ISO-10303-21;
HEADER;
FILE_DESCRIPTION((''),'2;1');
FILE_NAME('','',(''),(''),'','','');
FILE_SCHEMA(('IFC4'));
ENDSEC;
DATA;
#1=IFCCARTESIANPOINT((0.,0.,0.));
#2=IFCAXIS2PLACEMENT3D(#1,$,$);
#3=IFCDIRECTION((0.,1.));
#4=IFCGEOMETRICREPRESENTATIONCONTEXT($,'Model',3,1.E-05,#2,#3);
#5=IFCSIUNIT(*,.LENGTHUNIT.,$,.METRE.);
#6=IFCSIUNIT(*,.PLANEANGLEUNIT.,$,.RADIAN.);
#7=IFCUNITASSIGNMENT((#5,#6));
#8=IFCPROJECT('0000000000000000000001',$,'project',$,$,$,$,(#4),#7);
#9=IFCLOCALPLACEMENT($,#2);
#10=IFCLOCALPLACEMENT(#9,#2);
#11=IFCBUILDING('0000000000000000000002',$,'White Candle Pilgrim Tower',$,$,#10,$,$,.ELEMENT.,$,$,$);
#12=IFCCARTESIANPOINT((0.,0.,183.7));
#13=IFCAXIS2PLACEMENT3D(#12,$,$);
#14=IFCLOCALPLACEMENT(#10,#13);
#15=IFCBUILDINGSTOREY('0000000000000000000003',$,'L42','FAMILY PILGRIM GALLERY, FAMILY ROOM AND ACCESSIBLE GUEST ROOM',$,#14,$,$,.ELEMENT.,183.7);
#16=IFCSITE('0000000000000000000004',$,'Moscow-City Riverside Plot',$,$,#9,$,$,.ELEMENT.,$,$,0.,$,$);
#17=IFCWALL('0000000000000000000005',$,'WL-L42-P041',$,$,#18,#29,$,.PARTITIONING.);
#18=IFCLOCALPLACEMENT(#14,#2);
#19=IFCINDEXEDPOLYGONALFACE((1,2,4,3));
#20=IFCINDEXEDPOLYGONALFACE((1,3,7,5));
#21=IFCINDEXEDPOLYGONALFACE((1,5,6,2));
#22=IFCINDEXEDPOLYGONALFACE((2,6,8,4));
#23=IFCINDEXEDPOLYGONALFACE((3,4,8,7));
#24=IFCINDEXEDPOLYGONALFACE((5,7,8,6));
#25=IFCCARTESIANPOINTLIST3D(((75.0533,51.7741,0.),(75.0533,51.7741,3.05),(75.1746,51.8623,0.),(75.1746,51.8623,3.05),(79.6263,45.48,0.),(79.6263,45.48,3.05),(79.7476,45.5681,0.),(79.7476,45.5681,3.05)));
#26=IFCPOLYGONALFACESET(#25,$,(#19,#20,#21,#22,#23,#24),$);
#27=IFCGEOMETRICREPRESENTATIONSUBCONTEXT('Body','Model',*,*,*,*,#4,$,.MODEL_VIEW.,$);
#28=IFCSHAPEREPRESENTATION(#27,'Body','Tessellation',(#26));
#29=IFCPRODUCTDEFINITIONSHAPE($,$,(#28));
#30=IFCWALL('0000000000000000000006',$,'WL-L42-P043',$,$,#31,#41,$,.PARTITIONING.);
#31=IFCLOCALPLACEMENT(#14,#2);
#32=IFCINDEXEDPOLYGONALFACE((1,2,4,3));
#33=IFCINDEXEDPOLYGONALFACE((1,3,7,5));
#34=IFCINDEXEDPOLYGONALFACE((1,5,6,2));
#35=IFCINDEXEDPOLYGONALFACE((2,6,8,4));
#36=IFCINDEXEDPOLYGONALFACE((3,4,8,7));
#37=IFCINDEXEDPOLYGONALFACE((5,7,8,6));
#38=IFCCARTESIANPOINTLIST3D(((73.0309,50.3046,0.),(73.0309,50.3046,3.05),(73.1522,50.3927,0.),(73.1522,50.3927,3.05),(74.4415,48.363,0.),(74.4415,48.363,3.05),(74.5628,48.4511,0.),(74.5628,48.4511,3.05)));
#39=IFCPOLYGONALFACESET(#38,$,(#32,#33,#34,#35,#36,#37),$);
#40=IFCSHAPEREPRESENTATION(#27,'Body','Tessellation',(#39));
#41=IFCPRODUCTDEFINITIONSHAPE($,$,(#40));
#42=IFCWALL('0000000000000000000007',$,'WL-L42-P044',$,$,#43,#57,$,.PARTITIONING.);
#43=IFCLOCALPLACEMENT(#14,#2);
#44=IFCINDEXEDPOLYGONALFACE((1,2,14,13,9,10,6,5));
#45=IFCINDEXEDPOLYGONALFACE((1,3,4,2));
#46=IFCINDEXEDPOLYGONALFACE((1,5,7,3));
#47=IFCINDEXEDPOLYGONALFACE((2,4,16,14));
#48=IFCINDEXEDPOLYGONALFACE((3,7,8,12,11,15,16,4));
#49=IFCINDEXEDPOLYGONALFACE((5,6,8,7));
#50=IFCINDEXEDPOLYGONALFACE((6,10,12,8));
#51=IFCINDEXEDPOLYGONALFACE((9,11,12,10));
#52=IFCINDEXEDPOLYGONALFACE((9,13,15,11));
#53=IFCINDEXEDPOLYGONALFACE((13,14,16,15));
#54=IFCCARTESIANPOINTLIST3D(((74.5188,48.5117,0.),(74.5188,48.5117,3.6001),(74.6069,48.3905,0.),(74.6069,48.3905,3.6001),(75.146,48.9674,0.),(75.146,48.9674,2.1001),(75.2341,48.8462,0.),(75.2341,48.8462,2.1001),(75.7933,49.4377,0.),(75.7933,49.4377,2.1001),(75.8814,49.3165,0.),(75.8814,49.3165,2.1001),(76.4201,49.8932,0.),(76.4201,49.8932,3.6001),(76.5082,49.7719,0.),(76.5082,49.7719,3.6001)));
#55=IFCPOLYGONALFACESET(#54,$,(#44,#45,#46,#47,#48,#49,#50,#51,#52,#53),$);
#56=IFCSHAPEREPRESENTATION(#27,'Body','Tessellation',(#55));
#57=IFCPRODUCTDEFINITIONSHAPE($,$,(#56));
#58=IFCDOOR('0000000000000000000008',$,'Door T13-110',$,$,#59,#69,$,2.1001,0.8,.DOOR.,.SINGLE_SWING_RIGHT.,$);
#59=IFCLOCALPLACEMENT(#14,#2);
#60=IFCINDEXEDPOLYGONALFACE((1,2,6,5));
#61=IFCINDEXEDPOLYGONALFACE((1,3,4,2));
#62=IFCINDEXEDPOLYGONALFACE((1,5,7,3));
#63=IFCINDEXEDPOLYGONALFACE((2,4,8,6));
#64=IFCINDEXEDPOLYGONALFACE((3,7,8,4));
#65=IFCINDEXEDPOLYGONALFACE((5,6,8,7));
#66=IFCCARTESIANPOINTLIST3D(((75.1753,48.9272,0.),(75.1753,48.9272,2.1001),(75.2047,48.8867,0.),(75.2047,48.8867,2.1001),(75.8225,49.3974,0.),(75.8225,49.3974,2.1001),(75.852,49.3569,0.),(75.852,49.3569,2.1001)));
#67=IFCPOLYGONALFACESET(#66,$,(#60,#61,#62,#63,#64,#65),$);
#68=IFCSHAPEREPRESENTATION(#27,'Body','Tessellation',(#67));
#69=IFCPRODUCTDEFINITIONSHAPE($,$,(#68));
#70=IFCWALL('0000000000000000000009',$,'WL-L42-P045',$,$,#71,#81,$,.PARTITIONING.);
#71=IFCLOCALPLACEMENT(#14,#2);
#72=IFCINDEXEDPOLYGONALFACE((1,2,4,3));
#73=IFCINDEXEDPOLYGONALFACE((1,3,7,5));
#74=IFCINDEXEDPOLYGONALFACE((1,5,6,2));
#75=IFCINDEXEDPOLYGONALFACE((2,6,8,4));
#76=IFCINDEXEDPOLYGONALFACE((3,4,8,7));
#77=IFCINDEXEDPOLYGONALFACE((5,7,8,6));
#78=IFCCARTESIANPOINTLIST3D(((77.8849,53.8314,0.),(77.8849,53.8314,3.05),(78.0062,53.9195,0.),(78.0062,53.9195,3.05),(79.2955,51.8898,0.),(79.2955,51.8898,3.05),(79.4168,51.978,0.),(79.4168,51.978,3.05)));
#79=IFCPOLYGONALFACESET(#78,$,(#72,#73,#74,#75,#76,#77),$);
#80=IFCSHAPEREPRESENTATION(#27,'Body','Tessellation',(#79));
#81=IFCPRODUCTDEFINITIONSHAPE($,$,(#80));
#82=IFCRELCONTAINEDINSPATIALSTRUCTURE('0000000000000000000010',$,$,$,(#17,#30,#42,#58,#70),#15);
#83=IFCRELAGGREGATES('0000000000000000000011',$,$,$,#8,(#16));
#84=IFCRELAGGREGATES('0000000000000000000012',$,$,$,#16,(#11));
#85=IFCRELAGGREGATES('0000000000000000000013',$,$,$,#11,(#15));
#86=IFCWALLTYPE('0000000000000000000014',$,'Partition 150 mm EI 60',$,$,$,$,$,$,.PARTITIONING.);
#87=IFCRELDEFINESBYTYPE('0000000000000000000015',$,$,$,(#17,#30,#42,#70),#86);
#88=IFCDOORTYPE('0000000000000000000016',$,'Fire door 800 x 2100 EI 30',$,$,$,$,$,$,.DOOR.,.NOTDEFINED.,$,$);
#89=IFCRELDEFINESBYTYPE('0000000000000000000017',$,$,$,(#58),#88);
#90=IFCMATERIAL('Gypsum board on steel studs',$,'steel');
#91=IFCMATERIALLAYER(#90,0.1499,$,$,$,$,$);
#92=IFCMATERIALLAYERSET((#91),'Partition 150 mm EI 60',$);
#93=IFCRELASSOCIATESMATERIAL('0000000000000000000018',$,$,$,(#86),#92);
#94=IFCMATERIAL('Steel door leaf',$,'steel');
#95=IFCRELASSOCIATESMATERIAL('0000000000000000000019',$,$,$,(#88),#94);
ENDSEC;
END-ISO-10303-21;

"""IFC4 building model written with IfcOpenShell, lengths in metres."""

from ifc_helpers import new_model, si_unit, direction, frame, frame_2d, origin, place, context, subcontext, project, spatial, rectangle, extrude, material, layer, layer_set, type_object, element, fill, save


model = new_model("IFC4")

# Units and contexts
model_context = context("Model", 3, precision=1e-05, world=origin(), true_north=direction((0.0, 1.0)))
body_context = subcontext(model_context, "Body", "Model", "MODEL_VIEW")
ifc_project = project(units=[si_unit("LENGTHUNIT", "METRE"), si_unit("PLANEANGLEUNIT", "RADIAN")], contexts=[model_context])

# Site, building, storey
site_placement = place(None, origin())
site = spatial("IfcSite", under=ifc_project, at=site_placement, Name="Moscow-City Riverside Plot", CompositionType="ELEMENT", RefElevation=0.0)
building_placement = place(site_placement, origin())
building = spatial("IfcBuilding", under=site, at=building_placement, Name="White Candle Pilgrim Tower", CompositionType="ELEMENT")
storey_placement = place(building_placement, frame((0.0, 0.0, 183.7)))
storey = spatial("IfcBuildingStorey", under=building, at=storey_placement, Name="L42", Description="FAMILY PILGRIM GALLERY, FAMILY ROOM AND ACCESSIBLE GUEST ROOM", CompositionType="ELEMENT", Elevation=183.7)

# Shared definitions
ifc_material_1 = material(Name="Gypsum board on steel studs", Category="steel")
ifc_material_2 = material(Name="Steel door leaf", Category="steel")

# Walls
ifc_layer_1 = layer(ifc_material_1, 0.1499)
ifc_layer_set_1 = layer_set([ifc_layer_1], Name="Partition 150 mm EI 60")
wall_type_1 = type_object("IfcWallType", Name="Partition 150 mm EI 60", PredefinedType="PARTITIONING", material=ifc_layer_set_1)
wall_1_placement = place(storey_placement, frame((79.687, 45.5239, 0.0), z_axis=(0.0, 0.0, 1.0), x_axis=(-0.587785, 0.809017, 0.0)))
element("IfcWall", 1, at=wall_1_placement, inside=storey, type_object=wall_type_1, Name="WL-L42-P041", PredefinedType="PARTITIONING", context=body_context, shape_type="SweptSolid", body=[
    extrude(rectangle(XDim=7.78, YDim=0.1499, at=frame_2d((3.8901, 0.0))), origin(), (0.0, 0.0, 1.0), 3.05),
])
wall_2_placement = place(storey_placement, frame((73.0916, 50.3486, 0.0), z_axis=(0.0, 0.0, 1.0), x_axis=(0.587772, -0.809026, 0.0)))
element("IfcWall", 2, at=wall_2_placement, inside=storey, type_object=wall_type_1, Name="WL-L42-P043", PredefinedType="PARTITIONING", context=body_context, shape_type="SweptSolid", body=[
    extrude(rectangle(XDim=2.3999, YDim=0.1499, at=frame_2d((1.2, 0.0))), origin(), (0.0, 0.0, 1.0), 3.05),
])

# Wall, opening, door
wall_3_placement = place(storey_placement, frame((76.4641, 49.8325, 0.0), z_axis=(0.0, 0.0, 1.0), x_axis=(-0.808997, -0.587813, 0.0)))
wall_3 = element("IfcWall", 3, at=wall_3_placement, inside=storey, type_object=wall_type_1, Name="WL-L42-P044", PredefinedType="PARTITIONING", context=body_context, shape_type="SweptSolid", body=[
    extrude(rectangle(XDim=2.3501, YDim=0.1499, at=frame_2d((1.175, 0.0))), origin(), (0.0, 0.0, 1.0), 3.6001),
])
opening_1_placement = place(wall_3_placement, frame((0.7749, 0.0, 0.0)))
opening_1 = element("IfcOpeningElement", 4, at=opening_1_placement, cuts=wall_3, PredefinedType="OPENING", context=body_context, shape_type="SweptSolid", body=[
    extrude(rectangle(XDim=0.8, YDim=2.1001, at=frame_2d((0.3999, 1.05))), frame((0.0, 0.085, 0.0), z_axis=(0.0, -1.0, 0.0), x_axis=(1.0, 0.0, 0.0)), (0.0, 0.0, 1.0), 0.1699),
])
door_type_1 = type_object("IfcDoorType", Name="Fire door 800 x 2100 EI 30", OperationType="NOTDEFINED", PredefinedType="DOOR", material=ifc_material_2)
door_1_placement = place(opening_1_placement, origin())
door_1 = element("IfcDoor", 5, at=door_1_placement, inside=storey, type_object=door_type_1, Name="Door T13-110", OperationType="SINGLE_SWING_RIGHT", OverallHeight=2.1001, OverallWidth=0.8, PredefinedType="DOOR", context=body_context, shape_type="SweptSolid", body=[
    extrude(rectangle(XDim=0.8, YDim=2.1001, at=frame_2d((0.3999, 1.05))), frame((0.0, 0.0249, 0.0), z_axis=(0.0, -1.0, 0.0), x_axis=(1.0, 0.0, 0.0)), (0.0, 0.0, 1.0), 0.05),
])
fill(opening_1, door_1)

# Wall
wall_4_placement = place(storey_placement, frame((77.9456, 53.8755, 0.0), z_axis=(0.0, 0.0, 1.0), x_axis=(0.587772, -0.809026, 0.0)))
element("IfcWall", 6, at=wall_4_placement, inside=storey, type_object=wall_type_1, Name="WL-L42-P045", PredefinedType="PARTITIONING", context=body_context, shape_type="SweptSolid", body=[
    extrude(rectangle(XDim=2.3999, YDim=0.1499, at=frame_2d((1.2, 0.0))), origin(), (0.0, 0.0, 1.0), 3.05),
])

save(model, "model.ifc")
